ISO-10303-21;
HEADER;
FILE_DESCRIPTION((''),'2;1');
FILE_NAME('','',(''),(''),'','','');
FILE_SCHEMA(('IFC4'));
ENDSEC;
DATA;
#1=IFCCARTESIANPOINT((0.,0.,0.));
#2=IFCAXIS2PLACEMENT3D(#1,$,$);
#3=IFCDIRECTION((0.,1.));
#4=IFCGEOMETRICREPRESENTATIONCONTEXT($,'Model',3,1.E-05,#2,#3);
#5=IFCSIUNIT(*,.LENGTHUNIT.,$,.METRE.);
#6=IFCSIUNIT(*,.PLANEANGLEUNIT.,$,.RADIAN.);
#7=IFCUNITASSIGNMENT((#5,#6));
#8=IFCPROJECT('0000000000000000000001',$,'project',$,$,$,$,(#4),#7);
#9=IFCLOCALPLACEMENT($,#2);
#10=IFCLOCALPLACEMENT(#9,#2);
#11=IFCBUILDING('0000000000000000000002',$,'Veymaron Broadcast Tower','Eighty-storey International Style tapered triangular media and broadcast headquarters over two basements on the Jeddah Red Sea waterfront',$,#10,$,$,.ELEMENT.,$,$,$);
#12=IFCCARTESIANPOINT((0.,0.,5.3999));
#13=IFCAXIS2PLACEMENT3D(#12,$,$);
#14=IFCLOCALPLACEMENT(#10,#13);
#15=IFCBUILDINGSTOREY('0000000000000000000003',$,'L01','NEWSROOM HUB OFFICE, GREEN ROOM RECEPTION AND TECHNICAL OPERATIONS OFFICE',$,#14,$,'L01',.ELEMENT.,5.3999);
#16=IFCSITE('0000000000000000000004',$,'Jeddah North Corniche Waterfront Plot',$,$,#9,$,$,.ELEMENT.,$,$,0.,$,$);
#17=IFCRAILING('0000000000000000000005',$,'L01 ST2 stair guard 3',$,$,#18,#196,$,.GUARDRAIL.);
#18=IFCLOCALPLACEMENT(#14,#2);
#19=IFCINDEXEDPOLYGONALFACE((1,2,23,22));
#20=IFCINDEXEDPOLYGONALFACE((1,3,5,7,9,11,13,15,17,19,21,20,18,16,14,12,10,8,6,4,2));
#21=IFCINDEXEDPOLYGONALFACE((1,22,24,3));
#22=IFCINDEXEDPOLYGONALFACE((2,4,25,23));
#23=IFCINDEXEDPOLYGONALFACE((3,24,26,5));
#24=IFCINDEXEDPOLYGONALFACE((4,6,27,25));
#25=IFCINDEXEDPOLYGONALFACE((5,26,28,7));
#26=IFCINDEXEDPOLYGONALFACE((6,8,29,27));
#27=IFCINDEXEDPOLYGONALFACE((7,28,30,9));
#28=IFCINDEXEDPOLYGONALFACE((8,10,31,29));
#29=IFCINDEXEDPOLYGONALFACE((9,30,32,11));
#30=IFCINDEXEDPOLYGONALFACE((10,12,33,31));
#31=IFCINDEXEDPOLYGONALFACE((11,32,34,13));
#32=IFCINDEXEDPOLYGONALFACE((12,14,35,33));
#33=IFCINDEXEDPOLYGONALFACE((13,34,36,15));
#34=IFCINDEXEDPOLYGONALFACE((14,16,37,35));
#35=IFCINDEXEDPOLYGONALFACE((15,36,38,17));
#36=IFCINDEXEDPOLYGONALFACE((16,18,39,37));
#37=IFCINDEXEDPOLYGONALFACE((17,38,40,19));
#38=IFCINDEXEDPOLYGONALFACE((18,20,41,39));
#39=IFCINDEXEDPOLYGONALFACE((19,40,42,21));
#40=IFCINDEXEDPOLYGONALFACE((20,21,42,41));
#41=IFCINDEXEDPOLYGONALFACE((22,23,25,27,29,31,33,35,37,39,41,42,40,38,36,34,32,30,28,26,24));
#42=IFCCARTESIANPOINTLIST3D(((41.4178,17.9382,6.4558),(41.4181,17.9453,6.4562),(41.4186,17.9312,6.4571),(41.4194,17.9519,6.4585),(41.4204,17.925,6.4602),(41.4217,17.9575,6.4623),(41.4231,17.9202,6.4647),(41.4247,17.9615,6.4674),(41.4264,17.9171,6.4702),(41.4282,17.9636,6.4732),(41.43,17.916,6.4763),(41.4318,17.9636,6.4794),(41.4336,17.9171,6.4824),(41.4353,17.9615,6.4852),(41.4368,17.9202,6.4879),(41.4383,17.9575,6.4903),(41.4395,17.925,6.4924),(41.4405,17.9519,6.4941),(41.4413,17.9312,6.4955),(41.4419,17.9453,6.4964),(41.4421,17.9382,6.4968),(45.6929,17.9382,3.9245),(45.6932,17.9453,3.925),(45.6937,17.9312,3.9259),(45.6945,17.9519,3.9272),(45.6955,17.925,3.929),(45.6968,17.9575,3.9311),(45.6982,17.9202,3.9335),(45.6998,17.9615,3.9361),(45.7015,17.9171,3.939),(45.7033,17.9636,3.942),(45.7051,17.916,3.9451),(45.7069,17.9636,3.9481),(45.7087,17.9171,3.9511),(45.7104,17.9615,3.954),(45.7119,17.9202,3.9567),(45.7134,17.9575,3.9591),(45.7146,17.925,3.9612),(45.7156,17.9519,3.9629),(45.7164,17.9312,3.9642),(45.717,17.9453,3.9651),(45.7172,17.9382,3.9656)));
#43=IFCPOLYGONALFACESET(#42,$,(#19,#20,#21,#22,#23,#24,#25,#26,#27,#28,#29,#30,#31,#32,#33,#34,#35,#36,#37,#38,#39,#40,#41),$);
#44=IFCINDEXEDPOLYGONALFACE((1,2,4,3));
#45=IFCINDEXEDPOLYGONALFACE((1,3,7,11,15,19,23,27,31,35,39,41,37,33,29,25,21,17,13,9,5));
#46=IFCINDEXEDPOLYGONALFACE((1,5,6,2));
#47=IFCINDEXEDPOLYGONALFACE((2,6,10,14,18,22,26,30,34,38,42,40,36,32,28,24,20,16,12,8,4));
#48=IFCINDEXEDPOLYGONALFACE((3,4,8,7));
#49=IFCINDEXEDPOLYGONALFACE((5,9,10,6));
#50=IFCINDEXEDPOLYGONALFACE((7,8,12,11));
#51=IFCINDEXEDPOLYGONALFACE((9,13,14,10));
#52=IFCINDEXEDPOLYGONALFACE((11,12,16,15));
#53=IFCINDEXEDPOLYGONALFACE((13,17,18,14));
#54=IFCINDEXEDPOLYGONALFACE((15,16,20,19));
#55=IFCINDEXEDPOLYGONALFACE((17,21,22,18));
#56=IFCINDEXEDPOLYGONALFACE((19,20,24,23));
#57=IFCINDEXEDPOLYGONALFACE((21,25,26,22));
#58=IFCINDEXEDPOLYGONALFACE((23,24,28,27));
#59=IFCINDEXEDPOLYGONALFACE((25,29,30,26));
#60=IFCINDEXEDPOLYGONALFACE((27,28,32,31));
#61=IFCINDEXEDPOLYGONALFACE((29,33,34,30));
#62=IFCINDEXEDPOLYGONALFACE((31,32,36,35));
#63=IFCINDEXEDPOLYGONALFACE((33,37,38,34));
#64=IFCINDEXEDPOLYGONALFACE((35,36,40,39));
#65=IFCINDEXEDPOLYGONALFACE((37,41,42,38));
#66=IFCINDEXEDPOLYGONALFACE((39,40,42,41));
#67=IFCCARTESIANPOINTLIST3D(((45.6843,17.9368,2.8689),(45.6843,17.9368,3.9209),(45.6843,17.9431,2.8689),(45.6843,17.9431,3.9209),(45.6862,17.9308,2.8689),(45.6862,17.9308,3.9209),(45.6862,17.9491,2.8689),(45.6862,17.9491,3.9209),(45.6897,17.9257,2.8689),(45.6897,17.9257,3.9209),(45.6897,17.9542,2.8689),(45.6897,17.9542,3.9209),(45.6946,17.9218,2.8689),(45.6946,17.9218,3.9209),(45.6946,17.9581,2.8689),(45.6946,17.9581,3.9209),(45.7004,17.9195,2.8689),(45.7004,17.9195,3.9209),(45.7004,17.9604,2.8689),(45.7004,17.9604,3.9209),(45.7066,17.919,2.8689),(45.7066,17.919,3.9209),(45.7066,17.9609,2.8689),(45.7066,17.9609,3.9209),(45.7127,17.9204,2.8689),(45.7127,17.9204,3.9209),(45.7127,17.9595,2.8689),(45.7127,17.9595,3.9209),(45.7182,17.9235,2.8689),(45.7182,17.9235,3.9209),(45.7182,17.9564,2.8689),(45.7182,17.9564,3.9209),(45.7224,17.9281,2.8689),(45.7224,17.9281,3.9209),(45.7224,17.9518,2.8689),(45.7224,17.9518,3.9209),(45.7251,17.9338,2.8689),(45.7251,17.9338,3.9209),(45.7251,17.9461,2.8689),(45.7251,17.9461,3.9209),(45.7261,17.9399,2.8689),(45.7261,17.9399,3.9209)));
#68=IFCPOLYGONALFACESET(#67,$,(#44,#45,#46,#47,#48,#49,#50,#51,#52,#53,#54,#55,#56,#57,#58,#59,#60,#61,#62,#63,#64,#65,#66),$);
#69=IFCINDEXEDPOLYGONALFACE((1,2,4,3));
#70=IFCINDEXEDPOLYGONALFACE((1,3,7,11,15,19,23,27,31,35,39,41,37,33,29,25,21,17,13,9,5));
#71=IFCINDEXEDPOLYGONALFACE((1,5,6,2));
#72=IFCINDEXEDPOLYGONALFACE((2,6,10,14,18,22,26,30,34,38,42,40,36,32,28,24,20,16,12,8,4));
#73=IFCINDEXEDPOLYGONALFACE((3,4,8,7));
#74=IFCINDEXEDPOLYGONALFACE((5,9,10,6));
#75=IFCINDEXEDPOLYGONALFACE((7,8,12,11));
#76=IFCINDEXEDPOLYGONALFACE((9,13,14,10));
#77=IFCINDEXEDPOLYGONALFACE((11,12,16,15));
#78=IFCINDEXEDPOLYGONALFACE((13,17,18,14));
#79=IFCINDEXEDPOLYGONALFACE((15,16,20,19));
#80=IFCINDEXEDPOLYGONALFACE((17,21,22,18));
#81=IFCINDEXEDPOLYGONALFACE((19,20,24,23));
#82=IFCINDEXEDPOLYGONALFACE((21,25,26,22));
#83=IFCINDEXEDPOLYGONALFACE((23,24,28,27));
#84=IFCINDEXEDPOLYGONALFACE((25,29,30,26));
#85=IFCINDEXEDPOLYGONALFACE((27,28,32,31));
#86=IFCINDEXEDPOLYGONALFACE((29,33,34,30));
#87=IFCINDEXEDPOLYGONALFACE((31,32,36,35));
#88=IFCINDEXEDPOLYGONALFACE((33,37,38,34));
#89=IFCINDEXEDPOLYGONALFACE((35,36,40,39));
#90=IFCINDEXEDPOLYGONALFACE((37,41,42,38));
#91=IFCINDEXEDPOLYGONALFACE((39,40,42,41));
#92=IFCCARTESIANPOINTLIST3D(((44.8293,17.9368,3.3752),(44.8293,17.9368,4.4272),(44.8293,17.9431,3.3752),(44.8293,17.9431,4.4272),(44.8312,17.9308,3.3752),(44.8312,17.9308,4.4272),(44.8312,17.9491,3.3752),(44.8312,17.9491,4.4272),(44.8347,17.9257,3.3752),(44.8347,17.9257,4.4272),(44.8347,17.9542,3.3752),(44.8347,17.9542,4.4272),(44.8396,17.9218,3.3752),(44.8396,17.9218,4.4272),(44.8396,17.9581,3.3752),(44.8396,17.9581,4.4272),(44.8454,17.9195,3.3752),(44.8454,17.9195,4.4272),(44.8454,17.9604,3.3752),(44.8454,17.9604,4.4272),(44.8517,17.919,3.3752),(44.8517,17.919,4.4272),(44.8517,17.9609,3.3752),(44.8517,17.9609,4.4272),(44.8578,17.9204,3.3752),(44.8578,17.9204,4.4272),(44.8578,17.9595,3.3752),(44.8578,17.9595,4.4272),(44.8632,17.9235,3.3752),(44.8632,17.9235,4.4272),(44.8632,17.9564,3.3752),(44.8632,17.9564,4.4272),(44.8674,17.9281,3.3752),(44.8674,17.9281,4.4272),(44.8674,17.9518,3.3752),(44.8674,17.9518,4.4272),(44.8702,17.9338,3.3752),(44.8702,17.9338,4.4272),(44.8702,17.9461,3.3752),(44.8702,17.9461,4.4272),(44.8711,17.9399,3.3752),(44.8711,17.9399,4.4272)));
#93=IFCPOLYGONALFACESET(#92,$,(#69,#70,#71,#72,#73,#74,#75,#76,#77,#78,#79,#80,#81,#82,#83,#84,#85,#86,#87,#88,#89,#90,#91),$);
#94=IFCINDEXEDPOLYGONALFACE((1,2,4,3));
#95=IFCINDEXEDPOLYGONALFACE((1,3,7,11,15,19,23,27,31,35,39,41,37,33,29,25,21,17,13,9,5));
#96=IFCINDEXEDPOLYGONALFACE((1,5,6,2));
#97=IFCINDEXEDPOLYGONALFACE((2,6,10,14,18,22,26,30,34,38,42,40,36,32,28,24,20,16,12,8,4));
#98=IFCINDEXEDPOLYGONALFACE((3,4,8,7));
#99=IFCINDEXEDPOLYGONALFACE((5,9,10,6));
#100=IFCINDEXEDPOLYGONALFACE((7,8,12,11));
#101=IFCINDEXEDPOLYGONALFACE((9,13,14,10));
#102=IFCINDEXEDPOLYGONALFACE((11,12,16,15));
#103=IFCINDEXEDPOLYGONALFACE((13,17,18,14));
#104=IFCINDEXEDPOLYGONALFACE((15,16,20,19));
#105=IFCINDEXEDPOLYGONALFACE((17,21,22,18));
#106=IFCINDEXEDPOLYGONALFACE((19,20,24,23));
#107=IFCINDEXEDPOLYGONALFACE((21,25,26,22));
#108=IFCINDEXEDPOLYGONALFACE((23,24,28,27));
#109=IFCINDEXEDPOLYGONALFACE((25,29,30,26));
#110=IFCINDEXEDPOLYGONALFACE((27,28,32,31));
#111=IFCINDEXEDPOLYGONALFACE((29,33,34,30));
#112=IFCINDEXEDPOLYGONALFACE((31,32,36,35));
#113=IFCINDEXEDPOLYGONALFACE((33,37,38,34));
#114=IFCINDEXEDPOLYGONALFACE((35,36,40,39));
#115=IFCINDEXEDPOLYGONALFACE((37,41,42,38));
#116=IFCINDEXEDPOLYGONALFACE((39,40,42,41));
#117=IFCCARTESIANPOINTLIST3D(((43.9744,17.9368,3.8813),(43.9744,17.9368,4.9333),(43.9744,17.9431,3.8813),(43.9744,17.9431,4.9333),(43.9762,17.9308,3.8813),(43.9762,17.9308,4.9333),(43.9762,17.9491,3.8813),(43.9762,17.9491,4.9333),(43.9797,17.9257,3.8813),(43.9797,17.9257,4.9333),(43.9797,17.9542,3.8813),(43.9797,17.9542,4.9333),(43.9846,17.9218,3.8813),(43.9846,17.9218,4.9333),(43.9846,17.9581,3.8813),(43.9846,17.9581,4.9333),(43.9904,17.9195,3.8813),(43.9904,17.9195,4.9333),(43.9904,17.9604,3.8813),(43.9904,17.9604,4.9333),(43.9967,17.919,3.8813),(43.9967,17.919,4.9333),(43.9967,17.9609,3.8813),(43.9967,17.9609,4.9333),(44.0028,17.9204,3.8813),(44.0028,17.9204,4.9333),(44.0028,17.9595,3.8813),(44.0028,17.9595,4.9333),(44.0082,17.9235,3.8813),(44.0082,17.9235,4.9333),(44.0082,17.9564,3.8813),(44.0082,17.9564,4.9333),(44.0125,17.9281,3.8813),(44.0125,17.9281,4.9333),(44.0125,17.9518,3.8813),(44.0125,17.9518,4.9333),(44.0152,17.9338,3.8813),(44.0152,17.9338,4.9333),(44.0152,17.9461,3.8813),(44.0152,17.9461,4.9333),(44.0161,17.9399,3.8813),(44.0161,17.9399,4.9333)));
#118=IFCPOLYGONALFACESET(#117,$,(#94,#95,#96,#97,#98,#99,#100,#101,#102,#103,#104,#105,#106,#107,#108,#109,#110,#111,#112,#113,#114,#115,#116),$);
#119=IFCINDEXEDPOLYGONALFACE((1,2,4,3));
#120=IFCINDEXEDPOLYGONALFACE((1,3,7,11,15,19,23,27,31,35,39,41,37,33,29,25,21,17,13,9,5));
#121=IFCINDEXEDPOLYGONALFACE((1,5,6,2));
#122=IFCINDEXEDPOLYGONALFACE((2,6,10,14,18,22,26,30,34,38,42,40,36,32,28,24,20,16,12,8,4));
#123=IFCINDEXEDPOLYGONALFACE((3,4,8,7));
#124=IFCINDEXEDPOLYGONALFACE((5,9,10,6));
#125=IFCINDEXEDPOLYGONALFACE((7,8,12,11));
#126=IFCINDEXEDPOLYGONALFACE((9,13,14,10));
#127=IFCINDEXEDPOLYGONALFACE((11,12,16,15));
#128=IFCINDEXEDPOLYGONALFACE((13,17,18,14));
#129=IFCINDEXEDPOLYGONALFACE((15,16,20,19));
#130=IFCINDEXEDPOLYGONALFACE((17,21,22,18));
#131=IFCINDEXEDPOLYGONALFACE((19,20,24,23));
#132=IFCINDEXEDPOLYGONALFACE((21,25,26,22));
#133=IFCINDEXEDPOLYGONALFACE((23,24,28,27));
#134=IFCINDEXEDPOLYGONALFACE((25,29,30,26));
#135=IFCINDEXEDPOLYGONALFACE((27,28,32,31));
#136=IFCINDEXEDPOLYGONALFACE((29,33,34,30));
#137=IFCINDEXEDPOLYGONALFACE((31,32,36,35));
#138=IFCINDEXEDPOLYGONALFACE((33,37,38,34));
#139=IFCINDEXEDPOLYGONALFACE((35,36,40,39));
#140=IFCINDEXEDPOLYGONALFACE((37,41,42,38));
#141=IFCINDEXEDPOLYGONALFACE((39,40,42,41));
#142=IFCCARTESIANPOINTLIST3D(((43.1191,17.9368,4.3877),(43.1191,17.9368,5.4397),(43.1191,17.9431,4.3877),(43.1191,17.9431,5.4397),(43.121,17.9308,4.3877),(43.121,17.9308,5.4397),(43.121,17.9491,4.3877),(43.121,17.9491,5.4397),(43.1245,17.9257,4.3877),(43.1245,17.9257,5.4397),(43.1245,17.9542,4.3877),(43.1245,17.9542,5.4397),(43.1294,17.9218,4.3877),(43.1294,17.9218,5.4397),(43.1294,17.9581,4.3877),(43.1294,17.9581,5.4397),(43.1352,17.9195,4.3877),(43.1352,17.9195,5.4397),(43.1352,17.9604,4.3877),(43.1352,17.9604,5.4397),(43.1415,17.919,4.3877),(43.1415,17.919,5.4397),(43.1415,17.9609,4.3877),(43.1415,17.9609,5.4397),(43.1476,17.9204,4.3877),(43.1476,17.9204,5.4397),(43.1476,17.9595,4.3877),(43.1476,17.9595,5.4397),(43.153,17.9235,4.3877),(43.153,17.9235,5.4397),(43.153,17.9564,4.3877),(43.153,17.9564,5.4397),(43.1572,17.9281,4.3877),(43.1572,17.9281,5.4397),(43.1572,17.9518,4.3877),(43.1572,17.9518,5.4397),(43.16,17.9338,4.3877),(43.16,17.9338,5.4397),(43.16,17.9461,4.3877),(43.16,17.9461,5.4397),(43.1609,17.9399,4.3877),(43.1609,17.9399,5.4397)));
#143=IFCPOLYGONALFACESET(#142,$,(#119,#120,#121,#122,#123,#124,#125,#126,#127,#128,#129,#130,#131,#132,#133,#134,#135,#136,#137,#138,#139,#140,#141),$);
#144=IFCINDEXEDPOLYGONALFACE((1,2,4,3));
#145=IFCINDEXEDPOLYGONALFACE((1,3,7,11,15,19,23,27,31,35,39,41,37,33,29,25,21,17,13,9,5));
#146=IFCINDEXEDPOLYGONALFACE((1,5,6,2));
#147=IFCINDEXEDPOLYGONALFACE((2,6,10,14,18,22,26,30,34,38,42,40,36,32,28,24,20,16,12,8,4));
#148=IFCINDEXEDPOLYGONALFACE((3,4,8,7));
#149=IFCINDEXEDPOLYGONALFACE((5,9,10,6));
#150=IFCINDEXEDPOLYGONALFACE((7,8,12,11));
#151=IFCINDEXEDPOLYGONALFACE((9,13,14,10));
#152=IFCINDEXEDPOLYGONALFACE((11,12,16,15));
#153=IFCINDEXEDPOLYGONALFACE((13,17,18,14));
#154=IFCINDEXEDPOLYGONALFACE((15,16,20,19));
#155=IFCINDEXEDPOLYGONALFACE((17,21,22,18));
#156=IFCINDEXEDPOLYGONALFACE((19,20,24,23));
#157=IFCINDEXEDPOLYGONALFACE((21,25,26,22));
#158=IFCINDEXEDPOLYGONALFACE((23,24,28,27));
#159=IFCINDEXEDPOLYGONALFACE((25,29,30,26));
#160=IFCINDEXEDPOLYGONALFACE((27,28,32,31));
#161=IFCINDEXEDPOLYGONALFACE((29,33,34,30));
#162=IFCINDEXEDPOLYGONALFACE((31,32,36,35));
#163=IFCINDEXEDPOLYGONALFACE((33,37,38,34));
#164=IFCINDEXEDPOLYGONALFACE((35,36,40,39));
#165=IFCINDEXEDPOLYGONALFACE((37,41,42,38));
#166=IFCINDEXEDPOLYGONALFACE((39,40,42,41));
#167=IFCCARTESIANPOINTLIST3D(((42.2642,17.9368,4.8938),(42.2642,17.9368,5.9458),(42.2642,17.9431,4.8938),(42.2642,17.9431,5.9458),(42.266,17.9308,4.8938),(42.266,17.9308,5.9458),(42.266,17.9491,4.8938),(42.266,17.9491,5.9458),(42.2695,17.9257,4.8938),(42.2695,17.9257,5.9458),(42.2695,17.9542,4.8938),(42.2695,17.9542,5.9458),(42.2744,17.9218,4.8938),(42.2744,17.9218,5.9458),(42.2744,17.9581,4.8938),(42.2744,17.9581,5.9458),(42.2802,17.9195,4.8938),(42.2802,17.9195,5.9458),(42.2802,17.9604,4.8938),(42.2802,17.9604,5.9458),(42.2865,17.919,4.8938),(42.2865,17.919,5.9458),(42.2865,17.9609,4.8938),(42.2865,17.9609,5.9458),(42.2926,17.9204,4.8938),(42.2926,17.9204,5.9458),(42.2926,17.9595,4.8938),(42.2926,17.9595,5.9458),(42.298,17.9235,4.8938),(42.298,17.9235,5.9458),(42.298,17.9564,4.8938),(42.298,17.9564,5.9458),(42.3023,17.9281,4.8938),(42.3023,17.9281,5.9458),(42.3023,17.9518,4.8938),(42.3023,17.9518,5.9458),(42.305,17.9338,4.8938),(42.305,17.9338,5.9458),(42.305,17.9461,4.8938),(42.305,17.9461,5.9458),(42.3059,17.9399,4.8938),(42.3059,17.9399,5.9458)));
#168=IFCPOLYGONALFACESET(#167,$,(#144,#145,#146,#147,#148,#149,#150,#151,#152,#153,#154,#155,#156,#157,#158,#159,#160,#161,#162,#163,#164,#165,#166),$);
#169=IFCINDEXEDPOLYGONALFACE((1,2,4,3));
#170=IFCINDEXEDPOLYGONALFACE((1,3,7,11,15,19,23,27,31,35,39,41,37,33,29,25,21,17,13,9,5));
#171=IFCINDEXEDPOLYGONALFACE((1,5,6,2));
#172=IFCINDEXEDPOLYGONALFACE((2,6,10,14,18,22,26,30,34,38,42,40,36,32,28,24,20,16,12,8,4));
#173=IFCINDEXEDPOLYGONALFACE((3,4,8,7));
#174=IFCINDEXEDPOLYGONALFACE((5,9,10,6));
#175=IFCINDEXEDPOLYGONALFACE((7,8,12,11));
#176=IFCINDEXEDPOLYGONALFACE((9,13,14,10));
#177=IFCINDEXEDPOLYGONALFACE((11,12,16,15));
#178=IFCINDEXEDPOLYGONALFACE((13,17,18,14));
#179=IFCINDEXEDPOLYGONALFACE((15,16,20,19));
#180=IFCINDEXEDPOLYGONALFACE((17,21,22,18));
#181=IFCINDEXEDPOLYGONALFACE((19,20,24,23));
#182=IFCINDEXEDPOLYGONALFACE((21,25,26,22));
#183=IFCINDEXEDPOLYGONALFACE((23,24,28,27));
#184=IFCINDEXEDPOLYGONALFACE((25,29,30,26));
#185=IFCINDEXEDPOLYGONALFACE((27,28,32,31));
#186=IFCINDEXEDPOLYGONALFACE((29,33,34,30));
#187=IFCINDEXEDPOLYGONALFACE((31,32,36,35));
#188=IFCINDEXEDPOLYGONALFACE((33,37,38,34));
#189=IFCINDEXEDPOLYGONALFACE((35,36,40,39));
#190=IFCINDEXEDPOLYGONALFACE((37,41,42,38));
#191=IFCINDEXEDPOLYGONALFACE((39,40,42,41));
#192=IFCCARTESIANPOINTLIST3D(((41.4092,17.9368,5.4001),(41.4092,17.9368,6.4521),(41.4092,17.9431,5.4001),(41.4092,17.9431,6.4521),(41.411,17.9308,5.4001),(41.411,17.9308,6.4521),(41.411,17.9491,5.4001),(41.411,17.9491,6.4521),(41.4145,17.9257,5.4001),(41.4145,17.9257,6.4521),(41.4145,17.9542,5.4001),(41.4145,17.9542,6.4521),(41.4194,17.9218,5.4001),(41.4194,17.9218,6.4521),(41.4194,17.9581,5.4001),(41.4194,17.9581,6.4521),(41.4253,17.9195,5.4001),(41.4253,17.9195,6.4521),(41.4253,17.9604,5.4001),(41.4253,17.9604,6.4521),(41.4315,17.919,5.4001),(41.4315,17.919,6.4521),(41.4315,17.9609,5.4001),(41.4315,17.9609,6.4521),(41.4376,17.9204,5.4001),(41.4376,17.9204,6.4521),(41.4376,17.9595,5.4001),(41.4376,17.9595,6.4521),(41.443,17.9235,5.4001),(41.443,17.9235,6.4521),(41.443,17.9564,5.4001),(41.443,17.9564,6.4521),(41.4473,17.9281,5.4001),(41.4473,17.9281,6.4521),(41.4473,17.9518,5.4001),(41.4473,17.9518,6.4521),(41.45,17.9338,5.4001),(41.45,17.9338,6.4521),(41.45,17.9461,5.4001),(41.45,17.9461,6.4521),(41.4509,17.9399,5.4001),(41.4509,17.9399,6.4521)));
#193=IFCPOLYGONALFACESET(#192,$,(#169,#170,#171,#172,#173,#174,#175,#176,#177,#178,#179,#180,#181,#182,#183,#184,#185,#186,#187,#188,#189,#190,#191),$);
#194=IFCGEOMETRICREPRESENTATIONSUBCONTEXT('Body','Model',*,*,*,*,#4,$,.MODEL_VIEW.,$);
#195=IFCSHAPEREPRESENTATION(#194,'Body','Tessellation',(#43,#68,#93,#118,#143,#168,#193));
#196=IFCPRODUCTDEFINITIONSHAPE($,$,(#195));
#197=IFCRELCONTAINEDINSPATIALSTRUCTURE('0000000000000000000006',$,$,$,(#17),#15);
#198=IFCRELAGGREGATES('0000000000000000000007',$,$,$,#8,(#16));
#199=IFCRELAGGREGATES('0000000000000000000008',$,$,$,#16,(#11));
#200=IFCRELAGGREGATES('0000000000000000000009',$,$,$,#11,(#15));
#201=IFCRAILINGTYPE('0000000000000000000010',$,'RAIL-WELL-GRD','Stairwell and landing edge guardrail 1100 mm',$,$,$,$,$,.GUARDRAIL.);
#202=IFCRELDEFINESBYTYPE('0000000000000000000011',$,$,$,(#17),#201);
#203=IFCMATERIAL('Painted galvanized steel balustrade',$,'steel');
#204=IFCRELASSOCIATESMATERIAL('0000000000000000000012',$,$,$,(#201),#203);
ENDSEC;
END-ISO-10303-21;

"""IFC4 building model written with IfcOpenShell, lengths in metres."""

from ifc_helpers import new_model, si_unit, direction, frame, origin, origin_2d, place, context, subcontext, project, spatial, circle, extrude, material, type_object, element, save


model = new_model("IFC4")

# Units and contexts
model_context = context("Model", 3, precision=1e-05, world=origin(), true_north=direction((0.0, 1.0)))
body_context = subcontext(model_context, "Body", "Model", "MODEL_VIEW")
ifc_project = project(units=[si_unit("LENGTHUNIT", "METRE"), si_unit("PLANEANGLEUNIT", "RADIAN")], contexts=[model_context])

# Site, building, storey
site_placement = place(None, origin())
site = spatial("IfcSite", under=ifc_project, at=site_placement, Name="Jeddah North Corniche Waterfront Plot", CompositionType="ELEMENT", RefElevation=0.0)
building_placement = place(site_placement, origin())
building = spatial("IfcBuilding", under=site, at=building_placement, Name="Veymaron Broadcast Tower", Description="Eighty-storey International Style tapered triangular media and broadcast headquarters over two basements on the Jeddah Red Sea waterfront", CompositionType="ELEMENT")
storey_placement = place(building_placement, frame((0.0, 0.0, 5.3999)))
storey = spatial("IfcBuildingStorey", under=building, at=storey_placement, Name="L01", Description="NEWSROOM HUB OFFICE, GREEN ROOM RECEPTION AND TECHNICAL OPERATIONS OFFICE", LongName="L01", CompositionType="ELEMENT", Elevation=5.3999)

# Railing
ifc_material_1 = material(Name="Painted galvanized steel balustrade", Category="steel")
railing_type_1 = type_object("IfcRailingType", Name="RAIL-WELL-GRD", Description="Stairwell and landing edge guardrail 1100 mm", PredefinedType="GUARDRAIL", material=ifc_material_1)
railing_1_placement = place(storey_placement, frame((45.7051, 17.9399, 2.8689)))
element("IfcRailing", 1, at=railing_1_placement, inside=storey, type_object=railing_type_1, Name="L01 ST2 stair guard 3", PredefinedType="GUARDRAIL", context=body_context, shape_type="SweptSolid", body=[
    extrude(circle(Radius=0.0239, at=origin_2d()), frame((0.0, 0.0, 1.0762), z_axis=(-0.860483, 0.0, 0.509479), x_axis=(0.0, -1.0, 0.0)), (0.0, 0.0, 1.0), 4.9683),
    extrude(circle(Radius=0.021, at=origin_2d()), origin(), (0.0, 0.0, 1.0), 1.052),
    extrude(circle(Radius=0.021, at=origin_2d()), frame((-0.855, 0.0, 0.5063)), (0.0, 0.0, 1.0), 1.052),
    extrude(circle(Radius=0.021, at=origin_2d()), frame((-1.71, 0.0, 1.0125)), (0.0, 0.0, 1.0), 1.052),
    extrude(circle(Radius=0.021, at=origin_2d()), frame((-2.5652, 0.0, 1.5188)), (0.0, 0.0, 1.0), 1.052),
    extrude(circle(Radius=0.021, at=origin_2d()), frame((-3.4202, 0.0, 2.0249)), (0.0, 0.0, 1.0), 1.052),
    extrude(circle(Radius=0.021, at=origin_2d()), frame((-4.2751, 0.0, 2.5312)), (0.0, 0.0, 1.0), 1.052),
])

save(model, "model.ifc")
